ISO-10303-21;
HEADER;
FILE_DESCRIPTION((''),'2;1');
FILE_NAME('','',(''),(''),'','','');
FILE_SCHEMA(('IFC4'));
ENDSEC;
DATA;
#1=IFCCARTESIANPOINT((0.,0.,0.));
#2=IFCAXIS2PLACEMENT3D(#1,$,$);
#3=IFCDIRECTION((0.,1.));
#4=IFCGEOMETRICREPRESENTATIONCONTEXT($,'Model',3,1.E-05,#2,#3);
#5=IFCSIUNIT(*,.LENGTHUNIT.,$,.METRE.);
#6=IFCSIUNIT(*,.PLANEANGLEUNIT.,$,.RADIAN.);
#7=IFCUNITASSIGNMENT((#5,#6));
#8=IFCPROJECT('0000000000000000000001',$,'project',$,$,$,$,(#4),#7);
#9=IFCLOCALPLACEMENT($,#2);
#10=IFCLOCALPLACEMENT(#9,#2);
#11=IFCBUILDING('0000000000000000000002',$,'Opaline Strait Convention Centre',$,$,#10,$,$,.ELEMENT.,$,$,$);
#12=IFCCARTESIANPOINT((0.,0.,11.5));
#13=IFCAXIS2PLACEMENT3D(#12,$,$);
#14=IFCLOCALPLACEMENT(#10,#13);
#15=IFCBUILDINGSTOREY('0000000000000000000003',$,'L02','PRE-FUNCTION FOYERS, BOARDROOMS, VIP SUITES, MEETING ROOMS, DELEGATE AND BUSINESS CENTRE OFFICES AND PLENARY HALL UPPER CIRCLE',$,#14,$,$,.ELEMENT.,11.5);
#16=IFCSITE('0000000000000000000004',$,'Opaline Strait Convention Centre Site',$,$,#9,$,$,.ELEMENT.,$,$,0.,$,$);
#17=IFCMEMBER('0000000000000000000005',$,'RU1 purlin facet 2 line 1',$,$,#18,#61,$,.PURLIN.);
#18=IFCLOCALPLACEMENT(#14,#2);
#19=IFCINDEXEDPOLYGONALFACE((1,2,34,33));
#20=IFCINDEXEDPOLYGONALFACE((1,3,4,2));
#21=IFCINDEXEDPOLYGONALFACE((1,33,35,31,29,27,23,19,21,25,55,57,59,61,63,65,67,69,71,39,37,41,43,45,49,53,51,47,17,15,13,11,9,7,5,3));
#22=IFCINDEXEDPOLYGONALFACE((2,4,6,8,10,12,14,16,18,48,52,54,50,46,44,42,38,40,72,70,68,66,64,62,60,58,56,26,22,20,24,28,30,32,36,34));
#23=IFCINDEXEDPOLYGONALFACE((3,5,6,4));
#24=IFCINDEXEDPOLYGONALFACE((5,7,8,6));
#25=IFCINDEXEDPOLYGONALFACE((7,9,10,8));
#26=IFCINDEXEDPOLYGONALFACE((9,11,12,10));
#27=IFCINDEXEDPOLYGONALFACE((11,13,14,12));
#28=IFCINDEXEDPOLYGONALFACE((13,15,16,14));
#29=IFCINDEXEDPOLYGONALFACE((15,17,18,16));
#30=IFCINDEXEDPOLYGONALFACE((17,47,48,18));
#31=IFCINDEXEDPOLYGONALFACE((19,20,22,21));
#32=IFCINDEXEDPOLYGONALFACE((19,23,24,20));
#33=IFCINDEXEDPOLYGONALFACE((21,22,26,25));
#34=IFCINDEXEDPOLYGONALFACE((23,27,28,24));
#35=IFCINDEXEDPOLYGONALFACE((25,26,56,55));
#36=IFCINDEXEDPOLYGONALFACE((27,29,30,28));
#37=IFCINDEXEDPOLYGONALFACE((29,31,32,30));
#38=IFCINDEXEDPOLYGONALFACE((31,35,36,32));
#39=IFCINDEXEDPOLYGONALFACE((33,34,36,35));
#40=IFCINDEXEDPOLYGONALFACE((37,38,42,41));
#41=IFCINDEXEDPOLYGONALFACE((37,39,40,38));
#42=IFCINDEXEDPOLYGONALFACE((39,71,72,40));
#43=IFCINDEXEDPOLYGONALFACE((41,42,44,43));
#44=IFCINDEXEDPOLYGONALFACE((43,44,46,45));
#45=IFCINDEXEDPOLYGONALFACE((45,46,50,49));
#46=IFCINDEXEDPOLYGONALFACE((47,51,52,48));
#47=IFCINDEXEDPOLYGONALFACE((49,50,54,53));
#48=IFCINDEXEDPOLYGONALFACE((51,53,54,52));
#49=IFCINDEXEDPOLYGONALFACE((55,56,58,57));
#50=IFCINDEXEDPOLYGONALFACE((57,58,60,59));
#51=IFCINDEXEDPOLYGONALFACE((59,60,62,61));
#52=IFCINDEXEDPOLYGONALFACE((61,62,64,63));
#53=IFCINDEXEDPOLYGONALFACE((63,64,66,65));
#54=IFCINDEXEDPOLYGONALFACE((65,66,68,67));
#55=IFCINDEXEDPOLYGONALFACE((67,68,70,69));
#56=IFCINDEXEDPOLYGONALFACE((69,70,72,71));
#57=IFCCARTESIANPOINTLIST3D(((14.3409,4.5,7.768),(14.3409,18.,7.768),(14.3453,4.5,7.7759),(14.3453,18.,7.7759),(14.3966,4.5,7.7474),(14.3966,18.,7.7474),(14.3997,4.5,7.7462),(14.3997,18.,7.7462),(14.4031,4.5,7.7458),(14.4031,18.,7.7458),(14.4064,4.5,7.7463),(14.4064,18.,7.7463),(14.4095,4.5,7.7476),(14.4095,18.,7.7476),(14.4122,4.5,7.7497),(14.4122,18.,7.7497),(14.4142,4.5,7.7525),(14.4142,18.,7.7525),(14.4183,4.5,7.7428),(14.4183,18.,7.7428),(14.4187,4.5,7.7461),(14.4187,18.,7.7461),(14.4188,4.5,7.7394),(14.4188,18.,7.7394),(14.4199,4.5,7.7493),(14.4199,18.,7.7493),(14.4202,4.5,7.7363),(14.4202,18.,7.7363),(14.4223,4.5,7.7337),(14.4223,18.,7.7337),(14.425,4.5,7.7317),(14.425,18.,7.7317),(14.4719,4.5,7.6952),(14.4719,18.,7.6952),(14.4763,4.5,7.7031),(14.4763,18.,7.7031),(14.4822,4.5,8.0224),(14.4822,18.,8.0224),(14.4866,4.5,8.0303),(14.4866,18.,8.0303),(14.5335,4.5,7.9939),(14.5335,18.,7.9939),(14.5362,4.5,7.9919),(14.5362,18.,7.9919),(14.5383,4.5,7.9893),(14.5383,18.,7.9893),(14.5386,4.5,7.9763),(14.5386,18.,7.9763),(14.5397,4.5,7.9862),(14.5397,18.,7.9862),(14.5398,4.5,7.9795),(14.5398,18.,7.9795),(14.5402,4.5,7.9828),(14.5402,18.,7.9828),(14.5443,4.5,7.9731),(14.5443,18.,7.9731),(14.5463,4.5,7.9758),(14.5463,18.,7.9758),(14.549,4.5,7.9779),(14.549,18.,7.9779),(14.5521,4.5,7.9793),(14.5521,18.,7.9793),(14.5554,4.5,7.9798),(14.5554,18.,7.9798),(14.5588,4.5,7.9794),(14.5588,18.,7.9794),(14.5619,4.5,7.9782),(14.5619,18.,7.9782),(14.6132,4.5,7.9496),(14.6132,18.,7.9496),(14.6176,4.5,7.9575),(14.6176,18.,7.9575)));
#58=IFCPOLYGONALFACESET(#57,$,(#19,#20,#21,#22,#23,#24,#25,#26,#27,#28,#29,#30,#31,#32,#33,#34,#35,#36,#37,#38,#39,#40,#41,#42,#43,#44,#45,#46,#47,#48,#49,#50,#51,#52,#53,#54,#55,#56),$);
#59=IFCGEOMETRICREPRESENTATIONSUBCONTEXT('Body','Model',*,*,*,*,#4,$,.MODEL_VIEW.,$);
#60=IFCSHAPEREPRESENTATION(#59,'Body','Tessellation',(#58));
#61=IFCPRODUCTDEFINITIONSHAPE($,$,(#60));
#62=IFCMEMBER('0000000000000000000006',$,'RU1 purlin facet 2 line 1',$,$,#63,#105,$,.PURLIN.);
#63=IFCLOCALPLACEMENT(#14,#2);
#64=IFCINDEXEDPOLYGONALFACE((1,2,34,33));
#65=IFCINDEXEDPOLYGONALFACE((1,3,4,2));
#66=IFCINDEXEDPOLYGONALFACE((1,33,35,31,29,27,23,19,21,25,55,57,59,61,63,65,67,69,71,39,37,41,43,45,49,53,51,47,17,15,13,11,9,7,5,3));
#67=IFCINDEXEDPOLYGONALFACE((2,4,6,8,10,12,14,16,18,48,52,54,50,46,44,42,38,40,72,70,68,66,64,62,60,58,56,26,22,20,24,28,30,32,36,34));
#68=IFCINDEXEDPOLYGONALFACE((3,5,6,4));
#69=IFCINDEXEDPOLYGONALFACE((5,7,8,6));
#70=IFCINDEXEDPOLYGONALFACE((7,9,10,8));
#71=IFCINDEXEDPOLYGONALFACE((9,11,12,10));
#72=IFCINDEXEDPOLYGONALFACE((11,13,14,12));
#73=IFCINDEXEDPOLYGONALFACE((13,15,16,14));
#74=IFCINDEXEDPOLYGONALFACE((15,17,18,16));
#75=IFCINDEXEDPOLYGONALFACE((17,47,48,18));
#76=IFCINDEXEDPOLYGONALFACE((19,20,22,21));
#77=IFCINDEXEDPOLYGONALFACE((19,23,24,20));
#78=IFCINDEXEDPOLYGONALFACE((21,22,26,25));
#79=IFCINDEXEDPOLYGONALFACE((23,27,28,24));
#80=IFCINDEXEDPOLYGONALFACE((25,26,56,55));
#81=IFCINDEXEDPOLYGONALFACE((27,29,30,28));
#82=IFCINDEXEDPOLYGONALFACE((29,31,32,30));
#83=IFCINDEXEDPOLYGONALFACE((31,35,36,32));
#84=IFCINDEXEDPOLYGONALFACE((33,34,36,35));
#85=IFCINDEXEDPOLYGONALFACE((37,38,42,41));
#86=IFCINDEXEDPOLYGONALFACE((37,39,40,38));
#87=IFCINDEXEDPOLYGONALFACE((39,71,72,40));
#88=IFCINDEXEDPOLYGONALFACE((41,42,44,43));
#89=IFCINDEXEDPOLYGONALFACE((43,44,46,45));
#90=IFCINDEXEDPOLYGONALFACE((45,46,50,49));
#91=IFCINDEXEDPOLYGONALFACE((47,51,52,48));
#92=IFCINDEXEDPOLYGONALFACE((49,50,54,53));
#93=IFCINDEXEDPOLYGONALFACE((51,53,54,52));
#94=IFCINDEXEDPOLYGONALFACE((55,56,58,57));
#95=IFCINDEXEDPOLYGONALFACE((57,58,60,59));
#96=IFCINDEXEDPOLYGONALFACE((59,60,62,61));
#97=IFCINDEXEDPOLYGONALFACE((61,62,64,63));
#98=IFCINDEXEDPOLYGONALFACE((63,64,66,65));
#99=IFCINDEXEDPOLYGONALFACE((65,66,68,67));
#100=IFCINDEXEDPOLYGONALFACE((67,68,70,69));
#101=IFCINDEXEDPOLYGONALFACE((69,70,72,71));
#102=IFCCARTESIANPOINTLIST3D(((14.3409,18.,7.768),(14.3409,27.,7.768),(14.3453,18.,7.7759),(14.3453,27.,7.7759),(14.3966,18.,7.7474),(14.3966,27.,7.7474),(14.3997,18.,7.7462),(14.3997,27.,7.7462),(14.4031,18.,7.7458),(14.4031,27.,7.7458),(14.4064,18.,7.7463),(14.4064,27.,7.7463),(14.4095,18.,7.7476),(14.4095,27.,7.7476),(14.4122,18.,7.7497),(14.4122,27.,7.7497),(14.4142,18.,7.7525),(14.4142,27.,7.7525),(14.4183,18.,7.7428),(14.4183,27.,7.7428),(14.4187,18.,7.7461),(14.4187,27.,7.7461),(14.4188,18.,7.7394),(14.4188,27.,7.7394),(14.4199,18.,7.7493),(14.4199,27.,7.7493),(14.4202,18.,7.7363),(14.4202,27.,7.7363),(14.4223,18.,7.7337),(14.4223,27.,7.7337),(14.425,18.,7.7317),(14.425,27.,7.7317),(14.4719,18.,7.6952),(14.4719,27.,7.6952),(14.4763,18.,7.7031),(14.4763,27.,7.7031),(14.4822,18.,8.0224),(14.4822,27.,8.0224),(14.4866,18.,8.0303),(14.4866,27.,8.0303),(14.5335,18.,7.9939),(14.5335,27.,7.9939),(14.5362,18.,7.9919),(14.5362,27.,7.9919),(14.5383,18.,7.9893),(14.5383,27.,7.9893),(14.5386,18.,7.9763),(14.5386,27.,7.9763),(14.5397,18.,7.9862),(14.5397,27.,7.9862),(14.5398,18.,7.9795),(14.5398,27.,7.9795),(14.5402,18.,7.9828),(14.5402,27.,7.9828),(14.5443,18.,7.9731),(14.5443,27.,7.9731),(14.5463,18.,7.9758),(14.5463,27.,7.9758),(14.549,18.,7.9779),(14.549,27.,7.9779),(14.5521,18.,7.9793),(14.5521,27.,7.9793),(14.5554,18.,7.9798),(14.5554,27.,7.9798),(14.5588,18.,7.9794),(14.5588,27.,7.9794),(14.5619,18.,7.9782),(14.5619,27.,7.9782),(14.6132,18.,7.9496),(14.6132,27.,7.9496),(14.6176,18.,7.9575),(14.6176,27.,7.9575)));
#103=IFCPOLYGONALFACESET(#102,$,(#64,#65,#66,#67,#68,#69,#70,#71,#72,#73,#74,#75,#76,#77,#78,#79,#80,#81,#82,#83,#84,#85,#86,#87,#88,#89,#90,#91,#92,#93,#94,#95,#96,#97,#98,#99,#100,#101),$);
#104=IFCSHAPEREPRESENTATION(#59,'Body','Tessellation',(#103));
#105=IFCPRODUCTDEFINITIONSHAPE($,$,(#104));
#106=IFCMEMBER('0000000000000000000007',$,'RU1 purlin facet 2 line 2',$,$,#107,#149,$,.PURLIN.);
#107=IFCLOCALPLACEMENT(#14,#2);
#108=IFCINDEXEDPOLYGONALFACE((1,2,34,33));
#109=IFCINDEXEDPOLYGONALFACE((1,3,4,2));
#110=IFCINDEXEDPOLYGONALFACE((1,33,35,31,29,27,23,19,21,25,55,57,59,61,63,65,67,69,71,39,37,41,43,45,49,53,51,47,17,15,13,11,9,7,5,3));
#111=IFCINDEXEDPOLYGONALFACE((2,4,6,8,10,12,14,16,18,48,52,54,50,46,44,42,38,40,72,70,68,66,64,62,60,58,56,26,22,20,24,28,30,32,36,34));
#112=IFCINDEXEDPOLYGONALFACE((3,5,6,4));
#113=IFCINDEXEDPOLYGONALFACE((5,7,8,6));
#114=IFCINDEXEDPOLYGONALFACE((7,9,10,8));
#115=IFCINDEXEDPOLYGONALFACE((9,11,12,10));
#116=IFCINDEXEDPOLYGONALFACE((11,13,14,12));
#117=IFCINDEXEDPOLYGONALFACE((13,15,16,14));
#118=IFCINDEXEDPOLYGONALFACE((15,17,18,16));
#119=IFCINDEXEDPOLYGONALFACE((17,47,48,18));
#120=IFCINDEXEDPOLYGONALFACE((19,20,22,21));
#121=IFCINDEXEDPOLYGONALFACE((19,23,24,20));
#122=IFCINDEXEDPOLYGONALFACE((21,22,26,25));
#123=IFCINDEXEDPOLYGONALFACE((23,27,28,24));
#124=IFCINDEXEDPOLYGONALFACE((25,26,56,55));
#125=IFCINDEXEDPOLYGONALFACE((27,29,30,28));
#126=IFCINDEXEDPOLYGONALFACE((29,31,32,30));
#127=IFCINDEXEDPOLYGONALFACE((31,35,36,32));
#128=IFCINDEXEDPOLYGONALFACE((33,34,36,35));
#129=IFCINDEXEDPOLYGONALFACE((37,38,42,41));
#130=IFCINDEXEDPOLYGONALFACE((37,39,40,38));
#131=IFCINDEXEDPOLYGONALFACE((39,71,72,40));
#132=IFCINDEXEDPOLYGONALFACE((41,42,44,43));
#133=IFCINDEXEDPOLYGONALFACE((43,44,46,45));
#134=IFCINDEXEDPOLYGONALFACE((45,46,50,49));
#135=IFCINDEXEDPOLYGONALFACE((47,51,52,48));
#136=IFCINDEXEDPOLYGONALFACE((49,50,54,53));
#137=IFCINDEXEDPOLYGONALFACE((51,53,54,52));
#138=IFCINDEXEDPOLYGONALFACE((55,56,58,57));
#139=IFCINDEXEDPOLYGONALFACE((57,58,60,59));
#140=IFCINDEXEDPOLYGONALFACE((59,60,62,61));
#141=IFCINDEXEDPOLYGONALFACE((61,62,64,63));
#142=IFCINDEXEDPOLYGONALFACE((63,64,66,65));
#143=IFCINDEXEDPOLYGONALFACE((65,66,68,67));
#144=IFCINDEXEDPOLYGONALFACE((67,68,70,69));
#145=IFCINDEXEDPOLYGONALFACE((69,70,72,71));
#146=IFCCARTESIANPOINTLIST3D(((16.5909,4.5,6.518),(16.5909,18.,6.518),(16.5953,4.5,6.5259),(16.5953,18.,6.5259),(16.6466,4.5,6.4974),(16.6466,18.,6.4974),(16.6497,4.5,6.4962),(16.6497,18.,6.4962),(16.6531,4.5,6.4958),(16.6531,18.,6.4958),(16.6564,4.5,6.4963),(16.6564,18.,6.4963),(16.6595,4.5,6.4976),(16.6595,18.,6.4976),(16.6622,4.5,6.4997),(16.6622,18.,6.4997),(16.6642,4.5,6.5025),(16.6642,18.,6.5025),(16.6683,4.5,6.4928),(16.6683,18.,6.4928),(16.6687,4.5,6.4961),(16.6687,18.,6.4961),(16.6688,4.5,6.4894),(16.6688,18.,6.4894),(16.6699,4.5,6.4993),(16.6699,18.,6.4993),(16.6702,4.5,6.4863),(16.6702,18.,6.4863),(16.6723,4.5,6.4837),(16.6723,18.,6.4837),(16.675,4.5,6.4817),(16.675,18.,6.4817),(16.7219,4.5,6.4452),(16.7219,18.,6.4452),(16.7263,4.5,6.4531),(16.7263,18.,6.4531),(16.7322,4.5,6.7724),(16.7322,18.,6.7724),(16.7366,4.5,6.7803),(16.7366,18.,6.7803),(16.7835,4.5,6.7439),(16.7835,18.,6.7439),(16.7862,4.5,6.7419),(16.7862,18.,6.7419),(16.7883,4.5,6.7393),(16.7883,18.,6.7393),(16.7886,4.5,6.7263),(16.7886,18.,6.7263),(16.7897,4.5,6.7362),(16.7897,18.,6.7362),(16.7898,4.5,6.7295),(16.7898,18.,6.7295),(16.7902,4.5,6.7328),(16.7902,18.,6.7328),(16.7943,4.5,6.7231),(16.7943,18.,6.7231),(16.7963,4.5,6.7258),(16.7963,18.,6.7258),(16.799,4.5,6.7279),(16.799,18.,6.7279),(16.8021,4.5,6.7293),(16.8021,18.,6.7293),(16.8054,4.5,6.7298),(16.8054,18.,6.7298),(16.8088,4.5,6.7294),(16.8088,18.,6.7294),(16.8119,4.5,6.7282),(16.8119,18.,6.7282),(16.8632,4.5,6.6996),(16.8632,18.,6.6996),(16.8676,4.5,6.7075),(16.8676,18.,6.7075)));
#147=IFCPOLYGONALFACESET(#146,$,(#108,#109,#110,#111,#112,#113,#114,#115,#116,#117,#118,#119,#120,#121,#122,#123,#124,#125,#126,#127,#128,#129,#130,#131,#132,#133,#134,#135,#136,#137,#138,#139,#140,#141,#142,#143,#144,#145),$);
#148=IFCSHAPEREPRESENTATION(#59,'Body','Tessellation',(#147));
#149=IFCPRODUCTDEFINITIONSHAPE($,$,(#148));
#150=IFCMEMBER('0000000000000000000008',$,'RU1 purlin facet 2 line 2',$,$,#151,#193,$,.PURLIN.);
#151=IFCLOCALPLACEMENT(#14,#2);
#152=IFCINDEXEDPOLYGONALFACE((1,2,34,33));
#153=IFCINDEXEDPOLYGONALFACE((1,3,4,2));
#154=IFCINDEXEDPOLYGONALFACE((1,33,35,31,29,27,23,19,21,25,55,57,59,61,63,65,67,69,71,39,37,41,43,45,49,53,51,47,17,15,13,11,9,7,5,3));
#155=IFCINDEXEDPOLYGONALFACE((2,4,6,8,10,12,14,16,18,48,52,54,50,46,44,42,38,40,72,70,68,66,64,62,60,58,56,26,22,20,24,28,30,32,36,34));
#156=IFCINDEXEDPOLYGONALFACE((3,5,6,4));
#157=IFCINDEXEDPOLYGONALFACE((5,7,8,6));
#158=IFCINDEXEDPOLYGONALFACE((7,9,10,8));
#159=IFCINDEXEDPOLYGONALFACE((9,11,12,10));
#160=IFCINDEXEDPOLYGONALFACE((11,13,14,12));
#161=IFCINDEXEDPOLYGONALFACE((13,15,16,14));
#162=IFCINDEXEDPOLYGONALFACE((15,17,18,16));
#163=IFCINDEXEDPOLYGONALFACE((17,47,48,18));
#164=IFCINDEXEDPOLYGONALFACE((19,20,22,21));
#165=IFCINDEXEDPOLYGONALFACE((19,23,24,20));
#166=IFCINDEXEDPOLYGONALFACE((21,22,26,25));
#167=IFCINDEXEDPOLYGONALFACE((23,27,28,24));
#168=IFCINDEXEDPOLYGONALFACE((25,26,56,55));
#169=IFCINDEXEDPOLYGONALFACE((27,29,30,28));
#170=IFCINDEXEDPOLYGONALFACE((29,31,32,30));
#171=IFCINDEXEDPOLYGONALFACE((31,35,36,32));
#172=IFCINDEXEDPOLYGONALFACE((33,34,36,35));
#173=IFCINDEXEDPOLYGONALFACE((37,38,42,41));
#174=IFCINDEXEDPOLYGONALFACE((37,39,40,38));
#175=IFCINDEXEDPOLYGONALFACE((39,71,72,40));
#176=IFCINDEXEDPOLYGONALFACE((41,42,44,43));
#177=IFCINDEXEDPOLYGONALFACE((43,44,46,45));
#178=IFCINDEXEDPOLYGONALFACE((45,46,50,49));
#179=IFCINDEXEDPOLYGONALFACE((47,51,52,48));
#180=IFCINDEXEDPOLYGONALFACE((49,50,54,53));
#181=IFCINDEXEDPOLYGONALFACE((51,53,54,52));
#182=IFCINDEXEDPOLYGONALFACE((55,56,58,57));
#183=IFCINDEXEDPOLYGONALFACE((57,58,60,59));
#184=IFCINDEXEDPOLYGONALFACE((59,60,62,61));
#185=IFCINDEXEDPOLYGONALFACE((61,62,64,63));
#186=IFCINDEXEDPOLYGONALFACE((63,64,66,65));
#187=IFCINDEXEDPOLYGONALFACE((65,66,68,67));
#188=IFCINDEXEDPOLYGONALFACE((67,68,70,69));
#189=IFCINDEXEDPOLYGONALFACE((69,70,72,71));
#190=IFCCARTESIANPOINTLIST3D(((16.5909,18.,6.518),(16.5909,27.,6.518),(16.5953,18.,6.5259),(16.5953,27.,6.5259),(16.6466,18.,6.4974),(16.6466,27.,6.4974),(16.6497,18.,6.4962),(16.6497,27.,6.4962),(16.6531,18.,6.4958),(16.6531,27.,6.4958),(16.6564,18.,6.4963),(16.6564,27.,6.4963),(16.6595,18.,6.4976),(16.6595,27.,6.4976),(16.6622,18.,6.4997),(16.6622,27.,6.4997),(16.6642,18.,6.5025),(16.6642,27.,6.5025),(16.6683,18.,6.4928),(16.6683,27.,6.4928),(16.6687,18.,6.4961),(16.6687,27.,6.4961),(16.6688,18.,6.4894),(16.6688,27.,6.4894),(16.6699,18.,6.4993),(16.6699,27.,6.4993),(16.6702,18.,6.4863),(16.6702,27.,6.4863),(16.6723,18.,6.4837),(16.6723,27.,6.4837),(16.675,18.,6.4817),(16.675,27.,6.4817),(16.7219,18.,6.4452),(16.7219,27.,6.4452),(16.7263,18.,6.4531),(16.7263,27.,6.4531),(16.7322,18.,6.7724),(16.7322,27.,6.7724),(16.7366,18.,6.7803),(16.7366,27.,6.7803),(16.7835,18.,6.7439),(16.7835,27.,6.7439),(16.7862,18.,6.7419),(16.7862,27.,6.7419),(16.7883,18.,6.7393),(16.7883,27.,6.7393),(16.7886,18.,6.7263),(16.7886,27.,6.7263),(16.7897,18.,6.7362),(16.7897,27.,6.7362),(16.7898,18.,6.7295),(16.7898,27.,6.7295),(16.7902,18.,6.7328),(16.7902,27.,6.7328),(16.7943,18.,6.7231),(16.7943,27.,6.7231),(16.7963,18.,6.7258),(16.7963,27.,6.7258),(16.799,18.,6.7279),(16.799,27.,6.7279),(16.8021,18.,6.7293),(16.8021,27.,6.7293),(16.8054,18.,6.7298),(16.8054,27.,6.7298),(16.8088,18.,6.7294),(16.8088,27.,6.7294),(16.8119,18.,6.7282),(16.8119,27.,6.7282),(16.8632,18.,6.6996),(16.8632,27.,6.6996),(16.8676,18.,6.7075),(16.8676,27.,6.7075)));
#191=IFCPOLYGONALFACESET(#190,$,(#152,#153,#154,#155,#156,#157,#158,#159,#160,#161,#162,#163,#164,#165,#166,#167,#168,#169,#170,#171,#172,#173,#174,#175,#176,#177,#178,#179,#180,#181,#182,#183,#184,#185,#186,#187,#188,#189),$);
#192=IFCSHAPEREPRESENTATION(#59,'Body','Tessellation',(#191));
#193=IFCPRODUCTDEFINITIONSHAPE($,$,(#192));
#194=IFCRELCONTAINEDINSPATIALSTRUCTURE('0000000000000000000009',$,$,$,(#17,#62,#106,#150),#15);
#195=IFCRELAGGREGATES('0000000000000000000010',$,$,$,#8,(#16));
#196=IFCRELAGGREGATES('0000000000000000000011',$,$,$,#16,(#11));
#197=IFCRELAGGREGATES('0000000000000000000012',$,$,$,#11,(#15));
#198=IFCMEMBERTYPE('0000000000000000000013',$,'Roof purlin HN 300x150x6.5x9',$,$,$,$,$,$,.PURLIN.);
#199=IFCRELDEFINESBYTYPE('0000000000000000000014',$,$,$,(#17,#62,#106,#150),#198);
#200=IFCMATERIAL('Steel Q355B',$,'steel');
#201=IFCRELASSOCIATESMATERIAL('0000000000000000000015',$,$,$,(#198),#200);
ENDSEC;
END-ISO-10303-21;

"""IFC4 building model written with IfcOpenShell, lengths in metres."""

from ifc_helpers import new_model, si_unit, direction, frame, origin, origin_2d, place, context, subcontext, project, spatial, i_section, extrude, material, material_profile, profile_set, type_object, element, save


model = new_model("IFC4")

# Units and contexts
model_context = context("Model", 3, precision=1e-05, world=origin(), true_north=direction((0.0, 1.0)))
body_context = subcontext(model_context, "Body", "Model", "MODEL_VIEW")
ifc_project = project(units=[si_unit("LENGTHUNIT", "METRE"), si_unit("PLANEANGLEUNIT", "RADIAN")], contexts=[model_context])

# Site, building, storey
site_placement = place(None, origin())
site = spatial("IfcSite", under=ifc_project, at=site_placement, Name="Opaline Strait Convention Centre Site", CompositionType="ELEMENT", RefElevation=0.0)
building_placement = place(site_placement, origin())
building = spatial("IfcBuilding", under=site, at=building_placement, Name="Opaline Strait Convention Centre", CompositionType="ELEMENT")
storey_placement = place(building_placement, frame((0.0, 0.0, 11.5)))
storey = spatial("IfcBuildingStorey", under=building, at=storey_placement, Name="L02", Description="PRE-FUNCTION FOYERS, BOARDROOMS, VIP SUITES, MEETING ROOMS, DELEGATE AND BUSINESS CENTRE OFFICES AND PLENARY HALL UPPER CIRCLE", CompositionType="ELEMENT", Elevation=11.5)

# Shared definitions
ifc_material_1 = material(Name="Steel Q355B", Category="steel")

# Members
ifc_material_profile_1 = material_profile(ifc_material_1, i_section(OverallWidth=0.1499, OverallDepth=0.3, WebThickness=0.0066, FlangeThickness=0.009, FilletRadius=0.0129, at=origin_2d()), Name="HN 300x150x6.5x9")
ifc_profile_set_1 = profile_set([ifc_material_profile_1], Name="Steel Q355B")
member_type_1 = type_object("IfcMemberType", Name="Roof purlin HN 300x150x6.5x9", PredefinedType="PURLIN", material=ifc_profile_set_1)
member_1_placement = place(storey_placement, frame((14.4792, 4.5, 7.8628), z_axis=(0.0, 1.0, 0.0), x_axis=(-0.874157, 0.0, 0.485643)))
element("IfcMember", 1, at=member_1_placement, inside=storey, type_object=member_type_1, Name="RU1 purlin facet 2 line 1", PredefinedType="PURLIN", context=body_context, shape_type="SweptSolid", body=[
    extrude(i_section(OverallWidth=0.1499, OverallDepth=0.3, WebThickness=0.0066, FlangeThickness=0.009, FilletRadius=0.0129, at=origin_2d()), origin(), (0.0, 0.0, 1.0), 13.5),
])
member_2_placement = place(storey_placement, frame((14.4792, 18.0, 7.8628), z_axis=(0.0, 1.0, 0.0), x_axis=(-0.874157, 0.0, 0.485643)))
element("IfcMember", 2, at=member_2_placement, inside=storey, type_object=member_type_1, Name="RU1 purlin facet 2 line 1", PredefinedType="PURLIN", context=body_context, shape_type="SweptSolid", body=[
    extrude(i_section(OverallWidth=0.1499, OverallDepth=0.3, WebThickness=0.0066, FlangeThickness=0.009, FilletRadius=0.0129, at=origin_2d()), origin(), (0.0, 0.0, 1.0), 9.0),
])
member_3_placement = place(storey_placement, frame((16.7292, 4.5, 6.6128), z_axis=(0.0, 1.0, 0.0), x_axis=(-0.874157, 0.0, 0.485643)))
element("IfcMember", 3, at=member_3_placement, inside=storey, type_object=member_type_1, Name="RU1 purlin facet 2 line 2", PredefinedType="PURLIN", context=body_context, shape_type="SweptSolid", body=[
    extrude(i_section(OverallWidth=0.1499, OverallDepth=0.3, WebThickness=0.0066, FlangeThickness=0.009, FilletRadius=0.0129, at=origin_2d()), origin(), (0.0, 0.0, 1.0), 13.5),
])
member_4_placement = place(storey_placement, frame((16.7292, 18.0, 6.6128), z_axis=(0.0, 1.0, 0.0), x_axis=(-0.874157, 0.0, 0.485643)))
element("IfcMember", 4, at=member_4_placement, inside=storey, type_object=member_type_1, Name="RU1 purlin facet 2 line 2", PredefinedType="PURLIN", context=body_context, shape_type="SweptSolid", body=[
    extrude(i_section(OverallWidth=0.1499, OverallDepth=0.3, WebThickness=0.0066, FlangeThickness=0.009, FilletRadius=0.0129, at=origin_2d()), origin(), (0.0, 0.0, 1.0), 9.0),
])

save(model, "model.ifc")
